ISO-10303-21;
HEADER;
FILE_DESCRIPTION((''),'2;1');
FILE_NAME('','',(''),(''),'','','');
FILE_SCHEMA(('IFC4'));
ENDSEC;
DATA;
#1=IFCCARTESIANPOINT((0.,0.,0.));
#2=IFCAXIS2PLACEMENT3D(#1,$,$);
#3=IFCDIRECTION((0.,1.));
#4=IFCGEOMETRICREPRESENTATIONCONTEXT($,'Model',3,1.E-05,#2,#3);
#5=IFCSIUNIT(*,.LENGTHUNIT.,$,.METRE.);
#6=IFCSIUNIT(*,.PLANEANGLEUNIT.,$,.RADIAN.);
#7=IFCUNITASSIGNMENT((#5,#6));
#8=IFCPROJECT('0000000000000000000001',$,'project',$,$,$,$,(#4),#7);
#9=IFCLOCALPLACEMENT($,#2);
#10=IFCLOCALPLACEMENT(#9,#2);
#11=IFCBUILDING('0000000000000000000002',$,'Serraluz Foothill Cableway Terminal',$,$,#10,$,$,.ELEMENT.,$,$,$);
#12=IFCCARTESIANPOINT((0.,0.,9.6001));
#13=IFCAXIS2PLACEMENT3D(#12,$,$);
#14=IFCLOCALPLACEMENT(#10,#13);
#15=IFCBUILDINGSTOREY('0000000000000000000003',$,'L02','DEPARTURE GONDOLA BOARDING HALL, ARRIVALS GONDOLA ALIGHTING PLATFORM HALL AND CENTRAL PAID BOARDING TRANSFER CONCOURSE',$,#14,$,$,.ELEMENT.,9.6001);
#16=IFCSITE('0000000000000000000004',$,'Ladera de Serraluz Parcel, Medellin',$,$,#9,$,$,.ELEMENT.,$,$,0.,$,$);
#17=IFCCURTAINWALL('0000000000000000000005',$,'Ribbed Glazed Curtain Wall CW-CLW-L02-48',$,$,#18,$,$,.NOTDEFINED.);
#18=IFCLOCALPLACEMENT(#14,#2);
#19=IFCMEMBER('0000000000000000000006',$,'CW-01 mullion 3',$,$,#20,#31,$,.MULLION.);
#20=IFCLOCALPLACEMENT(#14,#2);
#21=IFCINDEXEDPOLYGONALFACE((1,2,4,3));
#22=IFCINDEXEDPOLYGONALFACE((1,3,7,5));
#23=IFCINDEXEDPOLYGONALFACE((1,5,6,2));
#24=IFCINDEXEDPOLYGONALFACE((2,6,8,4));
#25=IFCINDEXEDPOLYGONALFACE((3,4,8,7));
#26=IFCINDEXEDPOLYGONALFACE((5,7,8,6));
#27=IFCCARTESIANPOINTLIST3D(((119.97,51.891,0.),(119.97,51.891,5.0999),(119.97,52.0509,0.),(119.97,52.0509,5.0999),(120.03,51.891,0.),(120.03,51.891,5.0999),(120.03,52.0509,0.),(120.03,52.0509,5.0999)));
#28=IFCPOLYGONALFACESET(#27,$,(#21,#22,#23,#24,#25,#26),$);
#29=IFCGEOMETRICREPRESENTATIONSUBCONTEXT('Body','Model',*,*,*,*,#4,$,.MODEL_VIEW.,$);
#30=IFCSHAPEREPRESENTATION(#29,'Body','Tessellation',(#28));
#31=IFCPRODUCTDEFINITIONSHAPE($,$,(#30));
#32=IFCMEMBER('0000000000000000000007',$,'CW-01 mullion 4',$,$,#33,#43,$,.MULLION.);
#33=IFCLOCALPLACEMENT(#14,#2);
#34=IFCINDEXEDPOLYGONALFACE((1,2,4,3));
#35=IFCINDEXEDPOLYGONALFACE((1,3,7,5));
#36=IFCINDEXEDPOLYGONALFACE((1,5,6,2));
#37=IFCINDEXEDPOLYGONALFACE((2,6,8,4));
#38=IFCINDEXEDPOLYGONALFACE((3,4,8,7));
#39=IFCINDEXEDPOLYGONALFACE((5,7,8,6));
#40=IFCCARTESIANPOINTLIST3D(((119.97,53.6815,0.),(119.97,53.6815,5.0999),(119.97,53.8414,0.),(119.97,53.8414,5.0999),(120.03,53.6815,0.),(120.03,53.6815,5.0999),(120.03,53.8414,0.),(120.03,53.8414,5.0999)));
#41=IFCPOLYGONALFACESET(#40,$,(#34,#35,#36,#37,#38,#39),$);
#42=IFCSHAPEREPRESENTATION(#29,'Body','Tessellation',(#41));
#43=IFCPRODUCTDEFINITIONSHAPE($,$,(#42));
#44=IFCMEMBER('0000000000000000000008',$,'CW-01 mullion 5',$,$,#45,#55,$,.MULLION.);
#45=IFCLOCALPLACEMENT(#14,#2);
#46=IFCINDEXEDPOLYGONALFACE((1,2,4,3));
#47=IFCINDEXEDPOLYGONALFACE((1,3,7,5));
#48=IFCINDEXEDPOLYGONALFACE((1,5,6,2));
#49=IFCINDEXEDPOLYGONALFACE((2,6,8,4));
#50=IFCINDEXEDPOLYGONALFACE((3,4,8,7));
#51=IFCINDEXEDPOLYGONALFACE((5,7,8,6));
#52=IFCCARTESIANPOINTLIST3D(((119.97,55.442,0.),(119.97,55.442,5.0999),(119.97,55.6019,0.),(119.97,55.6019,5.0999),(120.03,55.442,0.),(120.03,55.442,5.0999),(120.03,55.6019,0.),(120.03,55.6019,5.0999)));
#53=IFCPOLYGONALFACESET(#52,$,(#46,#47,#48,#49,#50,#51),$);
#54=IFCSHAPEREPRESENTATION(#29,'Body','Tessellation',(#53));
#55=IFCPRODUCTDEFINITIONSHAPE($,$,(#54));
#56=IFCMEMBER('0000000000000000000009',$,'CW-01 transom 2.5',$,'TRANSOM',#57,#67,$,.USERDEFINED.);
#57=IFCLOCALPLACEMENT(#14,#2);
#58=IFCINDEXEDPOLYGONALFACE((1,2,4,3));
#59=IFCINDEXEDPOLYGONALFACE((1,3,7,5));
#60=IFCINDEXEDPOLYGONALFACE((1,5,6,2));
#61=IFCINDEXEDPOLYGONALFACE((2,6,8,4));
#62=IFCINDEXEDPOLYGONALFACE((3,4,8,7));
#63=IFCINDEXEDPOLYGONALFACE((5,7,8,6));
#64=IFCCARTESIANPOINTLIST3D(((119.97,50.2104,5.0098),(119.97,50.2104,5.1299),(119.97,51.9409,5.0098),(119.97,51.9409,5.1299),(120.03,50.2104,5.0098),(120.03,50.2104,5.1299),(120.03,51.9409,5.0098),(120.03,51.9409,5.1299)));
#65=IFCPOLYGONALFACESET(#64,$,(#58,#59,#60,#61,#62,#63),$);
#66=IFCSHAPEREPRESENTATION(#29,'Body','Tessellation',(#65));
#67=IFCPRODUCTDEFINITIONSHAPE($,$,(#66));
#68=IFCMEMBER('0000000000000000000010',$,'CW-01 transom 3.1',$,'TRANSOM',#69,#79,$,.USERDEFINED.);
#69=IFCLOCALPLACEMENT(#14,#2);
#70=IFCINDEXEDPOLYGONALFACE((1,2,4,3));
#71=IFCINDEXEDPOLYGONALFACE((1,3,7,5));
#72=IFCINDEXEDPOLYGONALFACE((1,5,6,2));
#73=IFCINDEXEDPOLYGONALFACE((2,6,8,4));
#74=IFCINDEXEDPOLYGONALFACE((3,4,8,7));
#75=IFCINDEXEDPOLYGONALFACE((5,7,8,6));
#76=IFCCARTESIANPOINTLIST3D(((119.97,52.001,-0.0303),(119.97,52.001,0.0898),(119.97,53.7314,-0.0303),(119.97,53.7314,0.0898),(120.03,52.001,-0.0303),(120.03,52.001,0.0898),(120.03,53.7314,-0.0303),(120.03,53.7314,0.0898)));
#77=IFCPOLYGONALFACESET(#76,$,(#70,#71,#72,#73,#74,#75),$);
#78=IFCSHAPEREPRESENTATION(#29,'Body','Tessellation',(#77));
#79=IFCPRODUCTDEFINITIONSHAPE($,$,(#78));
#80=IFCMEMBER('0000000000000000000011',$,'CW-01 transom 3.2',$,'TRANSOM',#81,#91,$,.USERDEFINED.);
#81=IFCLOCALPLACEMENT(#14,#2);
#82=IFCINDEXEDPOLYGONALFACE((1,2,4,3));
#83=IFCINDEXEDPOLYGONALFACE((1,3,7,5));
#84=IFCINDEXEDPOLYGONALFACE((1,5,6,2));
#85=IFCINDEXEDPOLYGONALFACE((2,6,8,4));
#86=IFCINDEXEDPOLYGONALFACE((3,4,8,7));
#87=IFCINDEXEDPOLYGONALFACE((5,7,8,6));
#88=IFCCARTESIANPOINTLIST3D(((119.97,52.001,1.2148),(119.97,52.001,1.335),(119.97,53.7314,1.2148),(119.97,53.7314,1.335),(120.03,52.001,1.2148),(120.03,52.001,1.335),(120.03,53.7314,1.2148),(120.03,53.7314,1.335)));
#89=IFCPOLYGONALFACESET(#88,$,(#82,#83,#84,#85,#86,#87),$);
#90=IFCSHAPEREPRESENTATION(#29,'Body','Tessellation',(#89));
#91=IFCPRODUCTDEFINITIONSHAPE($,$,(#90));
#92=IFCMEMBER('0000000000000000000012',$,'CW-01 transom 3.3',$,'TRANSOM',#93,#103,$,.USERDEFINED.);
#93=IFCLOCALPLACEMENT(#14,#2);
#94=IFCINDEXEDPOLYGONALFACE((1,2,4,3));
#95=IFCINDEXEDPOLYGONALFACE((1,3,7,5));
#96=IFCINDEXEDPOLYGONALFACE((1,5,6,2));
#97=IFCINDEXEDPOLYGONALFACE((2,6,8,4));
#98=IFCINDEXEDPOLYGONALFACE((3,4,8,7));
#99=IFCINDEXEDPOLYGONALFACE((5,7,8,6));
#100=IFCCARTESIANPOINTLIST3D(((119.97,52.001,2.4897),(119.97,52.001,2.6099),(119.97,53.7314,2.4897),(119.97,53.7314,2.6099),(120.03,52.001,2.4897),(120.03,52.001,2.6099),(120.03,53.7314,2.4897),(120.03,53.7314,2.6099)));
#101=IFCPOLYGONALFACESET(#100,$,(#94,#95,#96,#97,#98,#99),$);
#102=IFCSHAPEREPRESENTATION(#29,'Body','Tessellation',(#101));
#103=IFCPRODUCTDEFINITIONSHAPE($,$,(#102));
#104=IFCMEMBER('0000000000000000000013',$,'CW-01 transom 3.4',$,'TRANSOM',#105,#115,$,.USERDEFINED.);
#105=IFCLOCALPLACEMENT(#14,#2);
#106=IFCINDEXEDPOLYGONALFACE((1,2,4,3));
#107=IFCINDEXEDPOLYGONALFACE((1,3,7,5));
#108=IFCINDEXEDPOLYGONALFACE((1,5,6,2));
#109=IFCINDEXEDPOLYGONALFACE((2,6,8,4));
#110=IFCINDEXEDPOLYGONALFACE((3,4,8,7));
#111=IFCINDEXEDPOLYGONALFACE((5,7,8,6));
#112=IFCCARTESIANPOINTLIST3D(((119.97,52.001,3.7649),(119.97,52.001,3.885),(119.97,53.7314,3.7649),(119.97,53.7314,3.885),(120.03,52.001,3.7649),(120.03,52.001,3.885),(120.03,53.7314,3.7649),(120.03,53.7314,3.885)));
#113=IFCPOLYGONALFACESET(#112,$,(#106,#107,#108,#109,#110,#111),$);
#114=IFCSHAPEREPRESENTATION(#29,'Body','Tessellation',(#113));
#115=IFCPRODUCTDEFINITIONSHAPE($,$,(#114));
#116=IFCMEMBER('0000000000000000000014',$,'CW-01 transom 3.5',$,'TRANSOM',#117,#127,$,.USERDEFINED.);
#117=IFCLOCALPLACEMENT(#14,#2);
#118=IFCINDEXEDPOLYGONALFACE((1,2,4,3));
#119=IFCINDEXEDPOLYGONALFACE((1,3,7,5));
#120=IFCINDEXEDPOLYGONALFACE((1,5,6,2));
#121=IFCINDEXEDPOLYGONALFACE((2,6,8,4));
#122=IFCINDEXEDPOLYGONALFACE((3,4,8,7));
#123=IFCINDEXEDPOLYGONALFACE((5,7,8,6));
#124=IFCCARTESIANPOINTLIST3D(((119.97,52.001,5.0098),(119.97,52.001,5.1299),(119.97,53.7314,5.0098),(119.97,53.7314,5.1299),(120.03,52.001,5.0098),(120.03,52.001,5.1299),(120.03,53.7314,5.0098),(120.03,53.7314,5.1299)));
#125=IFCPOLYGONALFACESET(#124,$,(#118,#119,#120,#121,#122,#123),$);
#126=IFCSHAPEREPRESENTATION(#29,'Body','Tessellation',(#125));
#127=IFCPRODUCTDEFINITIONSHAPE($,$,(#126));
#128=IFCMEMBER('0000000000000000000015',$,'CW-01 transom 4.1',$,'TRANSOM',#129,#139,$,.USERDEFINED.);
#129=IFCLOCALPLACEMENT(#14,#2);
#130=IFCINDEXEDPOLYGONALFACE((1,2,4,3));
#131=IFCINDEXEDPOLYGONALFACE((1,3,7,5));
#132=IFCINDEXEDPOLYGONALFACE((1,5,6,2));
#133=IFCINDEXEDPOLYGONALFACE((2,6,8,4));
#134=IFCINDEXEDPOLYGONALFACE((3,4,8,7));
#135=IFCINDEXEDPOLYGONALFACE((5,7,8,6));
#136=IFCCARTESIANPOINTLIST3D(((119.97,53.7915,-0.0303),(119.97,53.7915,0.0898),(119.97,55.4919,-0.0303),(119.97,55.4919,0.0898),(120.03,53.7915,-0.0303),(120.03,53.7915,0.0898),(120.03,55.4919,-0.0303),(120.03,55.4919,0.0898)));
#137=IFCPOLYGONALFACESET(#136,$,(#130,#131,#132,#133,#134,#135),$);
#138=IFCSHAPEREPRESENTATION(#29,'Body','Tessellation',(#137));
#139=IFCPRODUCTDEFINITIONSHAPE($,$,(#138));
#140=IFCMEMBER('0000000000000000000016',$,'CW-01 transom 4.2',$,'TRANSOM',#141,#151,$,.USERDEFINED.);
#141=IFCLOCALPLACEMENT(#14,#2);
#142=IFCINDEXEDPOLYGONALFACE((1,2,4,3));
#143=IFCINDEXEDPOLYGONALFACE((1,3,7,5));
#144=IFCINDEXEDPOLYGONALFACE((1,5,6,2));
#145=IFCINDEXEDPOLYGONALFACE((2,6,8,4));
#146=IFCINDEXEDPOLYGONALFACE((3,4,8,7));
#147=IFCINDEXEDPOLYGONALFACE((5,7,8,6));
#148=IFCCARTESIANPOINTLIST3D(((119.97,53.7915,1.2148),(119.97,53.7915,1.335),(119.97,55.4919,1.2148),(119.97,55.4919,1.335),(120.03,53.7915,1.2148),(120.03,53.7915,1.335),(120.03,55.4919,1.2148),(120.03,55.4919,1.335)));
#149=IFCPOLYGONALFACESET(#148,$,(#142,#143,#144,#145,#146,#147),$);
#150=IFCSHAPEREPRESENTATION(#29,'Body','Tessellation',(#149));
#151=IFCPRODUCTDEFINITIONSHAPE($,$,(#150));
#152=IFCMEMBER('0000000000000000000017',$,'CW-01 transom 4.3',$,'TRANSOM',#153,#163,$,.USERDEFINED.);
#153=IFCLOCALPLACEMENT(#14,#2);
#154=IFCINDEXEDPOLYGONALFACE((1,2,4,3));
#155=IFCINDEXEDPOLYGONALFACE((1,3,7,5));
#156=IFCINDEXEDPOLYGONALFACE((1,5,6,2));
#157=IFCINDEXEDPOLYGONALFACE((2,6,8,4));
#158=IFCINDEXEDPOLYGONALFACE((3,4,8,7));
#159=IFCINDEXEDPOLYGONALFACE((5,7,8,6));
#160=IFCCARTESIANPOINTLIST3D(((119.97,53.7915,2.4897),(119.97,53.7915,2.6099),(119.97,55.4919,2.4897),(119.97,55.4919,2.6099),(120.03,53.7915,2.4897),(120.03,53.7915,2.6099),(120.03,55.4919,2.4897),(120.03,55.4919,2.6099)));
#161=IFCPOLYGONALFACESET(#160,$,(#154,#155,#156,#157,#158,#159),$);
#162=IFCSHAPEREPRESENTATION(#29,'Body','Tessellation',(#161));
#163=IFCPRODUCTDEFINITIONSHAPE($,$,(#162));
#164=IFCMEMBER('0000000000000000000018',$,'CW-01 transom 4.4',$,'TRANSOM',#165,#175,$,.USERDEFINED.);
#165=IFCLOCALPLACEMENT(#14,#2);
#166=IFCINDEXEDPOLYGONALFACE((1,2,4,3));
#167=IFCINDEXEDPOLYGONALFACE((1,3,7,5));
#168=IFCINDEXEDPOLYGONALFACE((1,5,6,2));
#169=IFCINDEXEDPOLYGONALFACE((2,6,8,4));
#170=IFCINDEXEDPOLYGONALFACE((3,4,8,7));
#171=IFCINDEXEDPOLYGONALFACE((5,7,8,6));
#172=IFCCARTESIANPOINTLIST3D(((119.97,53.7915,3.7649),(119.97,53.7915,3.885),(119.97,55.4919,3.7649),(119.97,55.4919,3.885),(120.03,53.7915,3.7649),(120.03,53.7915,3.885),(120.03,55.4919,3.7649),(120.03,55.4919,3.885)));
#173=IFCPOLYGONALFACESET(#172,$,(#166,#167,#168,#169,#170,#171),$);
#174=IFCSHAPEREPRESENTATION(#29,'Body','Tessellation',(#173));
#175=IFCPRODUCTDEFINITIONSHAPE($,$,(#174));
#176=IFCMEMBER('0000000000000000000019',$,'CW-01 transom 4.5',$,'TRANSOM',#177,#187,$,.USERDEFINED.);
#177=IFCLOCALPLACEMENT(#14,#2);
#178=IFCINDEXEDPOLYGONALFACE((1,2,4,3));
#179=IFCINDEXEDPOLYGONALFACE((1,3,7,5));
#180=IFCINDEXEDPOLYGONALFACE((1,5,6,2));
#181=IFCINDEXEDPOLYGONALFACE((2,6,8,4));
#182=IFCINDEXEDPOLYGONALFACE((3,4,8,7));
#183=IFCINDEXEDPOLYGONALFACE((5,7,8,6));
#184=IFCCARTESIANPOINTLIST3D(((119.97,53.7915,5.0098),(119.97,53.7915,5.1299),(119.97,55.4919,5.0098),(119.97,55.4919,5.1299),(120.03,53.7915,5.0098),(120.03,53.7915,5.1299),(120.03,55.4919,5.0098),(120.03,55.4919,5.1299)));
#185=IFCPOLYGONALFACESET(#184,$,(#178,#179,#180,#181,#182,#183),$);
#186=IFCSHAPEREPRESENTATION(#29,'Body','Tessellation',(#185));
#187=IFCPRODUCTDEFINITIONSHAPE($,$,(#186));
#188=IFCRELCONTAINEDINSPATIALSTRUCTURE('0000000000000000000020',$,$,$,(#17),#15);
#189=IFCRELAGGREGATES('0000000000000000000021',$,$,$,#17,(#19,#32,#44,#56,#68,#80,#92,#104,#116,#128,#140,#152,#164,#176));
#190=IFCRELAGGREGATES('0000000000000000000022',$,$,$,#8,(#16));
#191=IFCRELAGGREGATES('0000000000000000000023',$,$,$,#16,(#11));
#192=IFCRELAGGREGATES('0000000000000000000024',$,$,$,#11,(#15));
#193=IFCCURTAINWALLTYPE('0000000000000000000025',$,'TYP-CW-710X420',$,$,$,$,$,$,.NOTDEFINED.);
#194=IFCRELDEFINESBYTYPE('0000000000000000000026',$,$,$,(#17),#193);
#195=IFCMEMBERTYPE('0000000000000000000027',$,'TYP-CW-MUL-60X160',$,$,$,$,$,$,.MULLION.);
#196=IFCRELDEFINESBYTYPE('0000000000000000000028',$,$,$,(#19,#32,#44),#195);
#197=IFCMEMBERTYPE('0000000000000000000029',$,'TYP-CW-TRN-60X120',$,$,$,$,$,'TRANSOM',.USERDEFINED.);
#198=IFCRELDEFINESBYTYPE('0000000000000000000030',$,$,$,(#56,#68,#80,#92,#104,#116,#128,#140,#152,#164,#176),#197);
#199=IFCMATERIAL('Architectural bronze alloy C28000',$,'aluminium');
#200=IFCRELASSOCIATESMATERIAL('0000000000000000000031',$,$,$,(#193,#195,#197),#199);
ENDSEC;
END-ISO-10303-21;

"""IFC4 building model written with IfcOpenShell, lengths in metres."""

from ifc_helpers import new_model, si_unit, direction, frame, origin, origin_2d, place, context, subcontext, project, spatial, rectangle, extrude, material, material_profile, profile_set, type_object, element, aggregate, save


model = new_model("IFC4")

# Units and contexts
model_context = context("Model", 3, precision=1e-05, world=origin(), true_north=direction((0.0, 1.0)))
body_context = subcontext(model_context, "Body", "Model", "MODEL_VIEW")
ifc_project = project(units=[si_unit("LENGTHUNIT", "METRE"), si_unit("PLANEANGLEUNIT", "RADIAN")], contexts=[model_context])

# Site, building, storey
site_placement = place(None, origin())
site = spatial("IfcSite", under=ifc_project, at=site_placement, Name="Ladera de Serraluz Parcel, Medellin", CompositionType="ELEMENT", RefElevation=0.0)
building_placement = place(site_placement, origin())
building = spatial("IfcBuilding", under=site, at=building_placement, Name="Serraluz Foothill Cableway Terminal", CompositionType="ELEMENT")
storey_placement = place(building_placement, frame((0.0, 0.0, 9.6001)))
storey = spatial("IfcBuildingStorey", under=building, at=storey_placement, Name="L02", Description="DEPARTURE GONDOLA BOARDING HALL, ARRIVALS GONDOLA ALIGHTING PLATFORM HALL AND CENTRAL PAID BOARDING TRANSFER CONCOURSE", CompositionType="ELEMENT", Elevation=9.6001)

# Curtain wall, members
ifc_material_1 = material(Name="Architectural bronze alloy C28000", Category="aluminium")
curtain_wall_type = type_object("IfcCurtainWallType", Name="TYP-CW-710X420", PredefinedType="NOTDEFINED", material=ifc_material_1)
curtain_wall_placement = place(storey_placement, origin())
curtain_wall = element("IfcCurtainWall", 1, at=curtain_wall_placement, inside=storey, type_object=curtain_wall_type, Name="Ribbed Glazed Curtain Wall CW-CLW-L02-48", PredefinedType="NOTDEFINED")
ifc_material_profile_1 = material_profile(ifc_material_1, rectangle(XDim=0.0601, YDim=0.1599, at=origin_2d()), Name="ALU MULLION 60x160")
ifc_profile_set_1 = profile_set([ifc_material_profile_1], Name="Architectural bronze alloy C28000")
member_type_1 = type_object("IfcMemberType", Name="TYP-CW-MUL-60X160", PredefinedType="MULLION", material=ifc_profile_set_1)
member_1_placement = place(storey_placement, frame((120.0, 51.9709, 0.0), z_axis=(0.0, 0.0, 1.0), x_axis=(-1.0, 0.0, 0.0)))
member_1 = element("IfcMember", 2, at=member_1_placement, type_object=member_type_1, Name="CW-01 mullion 3", PredefinedType="MULLION", context=body_context, shape_type="SweptSolid", body=[
    extrude(rectangle(XDim=0.0601, YDim=0.1599, at=origin_2d()), origin(), (0.0, 0.0, 1.0), 5.0999),
])
member_2_placement = place(storey_placement, frame((120.0, 53.7615, 0.0), z_axis=(0.0, 0.0, 1.0), x_axis=(-1.0, 0.0, 0.0)))
member_2 = element("IfcMember", 3, at=member_2_placement, type_object=member_type_1, Name="CW-01 mullion 4", PredefinedType="MULLION", context=body_context, shape_type="SweptSolid", body=[
    extrude(rectangle(XDim=0.0601, YDim=0.1599, at=origin_2d()), origin(), (0.0, 0.0, 1.0), 5.0999),
])
member_3_placement = place(storey_placement, frame((120.0, 55.522, 0.0), z_axis=(0.0, 0.0, 1.0), x_axis=(-1.0, 0.0, 0.0)))
member_3 = element("IfcMember", 4, at=member_3_placement, type_object=member_type_1, Name="CW-01 mullion 5", PredefinedType="MULLION", context=body_context, shape_type="SweptSolid", body=[
    extrude(rectangle(XDim=0.0601, YDim=0.1599, at=origin_2d()), origin(), (0.0, 0.0, 1.0), 5.0999),
])
ifc_material_profile_2 = material_profile(ifc_material_1, rectangle(XDim=0.0601, YDim=0.1201, at=origin_2d()), Name="ALU TRANSOM 60x120")
ifc_profile_set_2 = profile_set([ifc_material_profile_2], Name="Architectural bronze alloy C28000")
member_type_2 = type_object("IfcMemberType", Name="TYP-CW-TRN-60X120", ElementType="TRANSOM", PredefinedType="USERDEFINED", material=ifc_profile_set_2)
member_4_placement = place(storey_placement, frame((120.0, 50.2104, 5.0698), z_axis=(0.0, 1.0, 0.0), x_axis=(-1.0, 0.0, 0.0)))
member_4 = element("IfcMember", 5, at=member_4_placement, type_object=member_type_2, Name="CW-01 transom 2.5", ObjectType="TRANSOM", PredefinedType="USERDEFINED", context=body_context, shape_type="SweptSolid", body=[
    extrude(rectangle(XDim=0.0601, YDim=0.1201, at=origin_2d()), origin(), (0.0, 0.0, 1.0), 1.7305),
])
member_5_placement = place(storey_placement, frame((120.0, 52.001, 0.0298), z_axis=(0.0, 1.0, 0.0), x_axis=(-1.0, 0.0, 0.0)))
member_5 = element("IfcMember", 6, at=member_5_placement, type_object=member_type_2, Name="CW-01 transom 3.1", ObjectType="TRANSOM", PredefinedType="USERDEFINED", context=body_context, shape_type="SweptSolid", body=[
    extrude(rectangle(XDim=0.0601, YDim=0.1201, at=origin_2d()), origin(), (0.0, 0.0, 1.0), 1.7305),
])
member_6_placement = place(storey_placement, frame((120.0, 52.001, 1.2749), z_axis=(0.0, 1.0, 0.0), x_axis=(-1.0, 0.0, 0.0)))
member_6 = element("IfcMember", 7, at=member_6_placement, type_object=member_type_2, Name="CW-01 transom 3.2", ObjectType="TRANSOM", PredefinedType="USERDEFINED", context=body_context, shape_type="SweptSolid", body=[
    extrude(rectangle(XDim=0.0601, YDim=0.1201, at=origin_2d()), origin(), (0.0, 0.0, 1.0), 1.7305),
])
member_7_placement = place(storey_placement, frame((120.0, 52.001, 2.5498), z_axis=(0.0, 1.0, 0.0), x_axis=(-1.0, 0.0, 0.0)))
member_7 = element("IfcMember", 8, at=member_7_placement, type_object=member_type_2, Name="CW-01 transom 3.3", ObjectType="TRANSOM", PredefinedType="USERDEFINED", context=body_context, shape_type="SweptSolid", body=[
    extrude(rectangle(XDim=0.0601, YDim=0.1201, at=origin_2d()), origin(), (0.0, 0.0, 1.0), 1.7305),
])
member_8_placement = place(storey_placement, frame((120.0, 52.001, 3.825), z_axis=(0.0, 1.0, 0.0), x_axis=(-1.0, 0.0, 0.0)))
member_8 = element("IfcMember", 9, at=member_8_placement, type_object=member_type_2, Name="CW-01 transom 3.4", ObjectType="TRANSOM", PredefinedType="USERDEFINED", context=body_context, shape_type="SweptSolid", body=[
    extrude(rectangle(XDim=0.0601, YDim=0.1201, at=origin_2d()), origin(), (0.0, 0.0, 1.0), 1.7305),
])
member_9_placement = place(storey_placement, frame((120.0, 52.001, 5.0698), z_axis=(0.0, 1.0, 0.0), x_axis=(-1.0, 0.0, 0.0)))
member_9 = element("IfcMember", 10, at=member_9_placement, type_object=member_type_2, Name="CW-01 transom 3.5", ObjectType="TRANSOM", PredefinedType="USERDEFINED", context=body_context, shape_type="SweptSolid", body=[
    extrude(rectangle(XDim=0.0601, YDim=0.1201, at=origin_2d()), origin(), (0.0, 0.0, 1.0), 1.7305),
])
member_10_placement = place(storey_placement, frame((120.0, 53.7915, 0.0298), z_axis=(0.0, 1.0, 0.0), x_axis=(-1.0, 0.0, 0.0)))
member_10 = element("IfcMember", 11, at=member_10_placement, type_object=member_type_2, Name="CW-01 transom 4.1", ObjectType="TRANSOM", PredefinedType="USERDEFINED", context=body_context, shape_type="SweptSolid", body=[
    extrude(rectangle(XDim=0.0601, YDim=0.1201, at=origin_2d()), origin(), (0.0, 0.0, 1.0), 1.7004),
])
member_11_placement = place(storey_placement, frame((120.0, 53.7915, 1.2749), z_axis=(0.0, 1.0, 0.0), x_axis=(-1.0, 0.0, 0.0)))
member_11 = element("IfcMember", 12, at=member_11_placement, type_object=member_type_2, Name="CW-01 transom 4.2", ObjectType="TRANSOM", PredefinedType="USERDEFINED", context=body_context, shape_type="SweptSolid", body=[
    extrude(rectangle(XDim=0.0601, YDim=0.1201, at=origin_2d()), origin(), (0.0, 0.0, 1.0), 1.7004),
])
member_12_placement = place(storey_placement, frame((120.0, 53.7915, 2.5498), z_axis=(0.0, 1.0, 0.0), x_axis=(-1.0, 0.0, 0.0)))
member_12 = element("IfcMember", 13, at=member_12_placement, type_object=member_type_2, Name="CW-01 transom 4.3", ObjectType="TRANSOM", PredefinedType="USERDEFINED", context=body_context, shape_type="SweptSolid", body=[
    extrude(rectangle(XDim=0.0601, YDim=0.1201, at=origin_2d()), origin(), (0.0, 0.0, 1.0), 1.7004),
])
member_13_placement = place(storey_placement, frame((120.0, 53.7915, 3.825), z_axis=(0.0, 1.0, 0.0), x_axis=(-1.0, 0.0, 0.0)))
member_13 = element("IfcMember", 14, at=member_13_placement, type_object=member_type_2, Name="CW-01 transom 4.4", ObjectType="TRANSOM", PredefinedType="USERDEFINED", context=body_context, shape_type="SweptSolid", body=[
    extrude(rectangle(XDim=0.0601, YDim=0.1201, at=origin_2d()), origin(), (0.0, 0.0, 1.0), 1.7004),
])
member_14_placement = place(storey_placement, frame((120.0, 53.7915, 5.0698), z_axis=(0.0, 1.0, 0.0), x_axis=(-1.0, 0.0, 0.0)))
member_14 = element("IfcMember", 15, at=member_14_placement, type_object=member_type_2, Name="CW-01 transom 4.5", ObjectType="TRANSOM", PredefinedType="USERDEFINED", context=body_context, shape_type="SweptSolid", body=[
    extrude(rectangle(XDim=0.0601, YDim=0.1201, at=origin_2d()), origin(), (0.0, 0.0, 1.0), 1.7004),
])
aggregate(curtain_wall, [member_1, member_2, member_3, member_4, member_5, member_6, member_7, member_8, member_9, member_10, member_11, member_12, member_13, member_14])

save(model, "model.ifc")
